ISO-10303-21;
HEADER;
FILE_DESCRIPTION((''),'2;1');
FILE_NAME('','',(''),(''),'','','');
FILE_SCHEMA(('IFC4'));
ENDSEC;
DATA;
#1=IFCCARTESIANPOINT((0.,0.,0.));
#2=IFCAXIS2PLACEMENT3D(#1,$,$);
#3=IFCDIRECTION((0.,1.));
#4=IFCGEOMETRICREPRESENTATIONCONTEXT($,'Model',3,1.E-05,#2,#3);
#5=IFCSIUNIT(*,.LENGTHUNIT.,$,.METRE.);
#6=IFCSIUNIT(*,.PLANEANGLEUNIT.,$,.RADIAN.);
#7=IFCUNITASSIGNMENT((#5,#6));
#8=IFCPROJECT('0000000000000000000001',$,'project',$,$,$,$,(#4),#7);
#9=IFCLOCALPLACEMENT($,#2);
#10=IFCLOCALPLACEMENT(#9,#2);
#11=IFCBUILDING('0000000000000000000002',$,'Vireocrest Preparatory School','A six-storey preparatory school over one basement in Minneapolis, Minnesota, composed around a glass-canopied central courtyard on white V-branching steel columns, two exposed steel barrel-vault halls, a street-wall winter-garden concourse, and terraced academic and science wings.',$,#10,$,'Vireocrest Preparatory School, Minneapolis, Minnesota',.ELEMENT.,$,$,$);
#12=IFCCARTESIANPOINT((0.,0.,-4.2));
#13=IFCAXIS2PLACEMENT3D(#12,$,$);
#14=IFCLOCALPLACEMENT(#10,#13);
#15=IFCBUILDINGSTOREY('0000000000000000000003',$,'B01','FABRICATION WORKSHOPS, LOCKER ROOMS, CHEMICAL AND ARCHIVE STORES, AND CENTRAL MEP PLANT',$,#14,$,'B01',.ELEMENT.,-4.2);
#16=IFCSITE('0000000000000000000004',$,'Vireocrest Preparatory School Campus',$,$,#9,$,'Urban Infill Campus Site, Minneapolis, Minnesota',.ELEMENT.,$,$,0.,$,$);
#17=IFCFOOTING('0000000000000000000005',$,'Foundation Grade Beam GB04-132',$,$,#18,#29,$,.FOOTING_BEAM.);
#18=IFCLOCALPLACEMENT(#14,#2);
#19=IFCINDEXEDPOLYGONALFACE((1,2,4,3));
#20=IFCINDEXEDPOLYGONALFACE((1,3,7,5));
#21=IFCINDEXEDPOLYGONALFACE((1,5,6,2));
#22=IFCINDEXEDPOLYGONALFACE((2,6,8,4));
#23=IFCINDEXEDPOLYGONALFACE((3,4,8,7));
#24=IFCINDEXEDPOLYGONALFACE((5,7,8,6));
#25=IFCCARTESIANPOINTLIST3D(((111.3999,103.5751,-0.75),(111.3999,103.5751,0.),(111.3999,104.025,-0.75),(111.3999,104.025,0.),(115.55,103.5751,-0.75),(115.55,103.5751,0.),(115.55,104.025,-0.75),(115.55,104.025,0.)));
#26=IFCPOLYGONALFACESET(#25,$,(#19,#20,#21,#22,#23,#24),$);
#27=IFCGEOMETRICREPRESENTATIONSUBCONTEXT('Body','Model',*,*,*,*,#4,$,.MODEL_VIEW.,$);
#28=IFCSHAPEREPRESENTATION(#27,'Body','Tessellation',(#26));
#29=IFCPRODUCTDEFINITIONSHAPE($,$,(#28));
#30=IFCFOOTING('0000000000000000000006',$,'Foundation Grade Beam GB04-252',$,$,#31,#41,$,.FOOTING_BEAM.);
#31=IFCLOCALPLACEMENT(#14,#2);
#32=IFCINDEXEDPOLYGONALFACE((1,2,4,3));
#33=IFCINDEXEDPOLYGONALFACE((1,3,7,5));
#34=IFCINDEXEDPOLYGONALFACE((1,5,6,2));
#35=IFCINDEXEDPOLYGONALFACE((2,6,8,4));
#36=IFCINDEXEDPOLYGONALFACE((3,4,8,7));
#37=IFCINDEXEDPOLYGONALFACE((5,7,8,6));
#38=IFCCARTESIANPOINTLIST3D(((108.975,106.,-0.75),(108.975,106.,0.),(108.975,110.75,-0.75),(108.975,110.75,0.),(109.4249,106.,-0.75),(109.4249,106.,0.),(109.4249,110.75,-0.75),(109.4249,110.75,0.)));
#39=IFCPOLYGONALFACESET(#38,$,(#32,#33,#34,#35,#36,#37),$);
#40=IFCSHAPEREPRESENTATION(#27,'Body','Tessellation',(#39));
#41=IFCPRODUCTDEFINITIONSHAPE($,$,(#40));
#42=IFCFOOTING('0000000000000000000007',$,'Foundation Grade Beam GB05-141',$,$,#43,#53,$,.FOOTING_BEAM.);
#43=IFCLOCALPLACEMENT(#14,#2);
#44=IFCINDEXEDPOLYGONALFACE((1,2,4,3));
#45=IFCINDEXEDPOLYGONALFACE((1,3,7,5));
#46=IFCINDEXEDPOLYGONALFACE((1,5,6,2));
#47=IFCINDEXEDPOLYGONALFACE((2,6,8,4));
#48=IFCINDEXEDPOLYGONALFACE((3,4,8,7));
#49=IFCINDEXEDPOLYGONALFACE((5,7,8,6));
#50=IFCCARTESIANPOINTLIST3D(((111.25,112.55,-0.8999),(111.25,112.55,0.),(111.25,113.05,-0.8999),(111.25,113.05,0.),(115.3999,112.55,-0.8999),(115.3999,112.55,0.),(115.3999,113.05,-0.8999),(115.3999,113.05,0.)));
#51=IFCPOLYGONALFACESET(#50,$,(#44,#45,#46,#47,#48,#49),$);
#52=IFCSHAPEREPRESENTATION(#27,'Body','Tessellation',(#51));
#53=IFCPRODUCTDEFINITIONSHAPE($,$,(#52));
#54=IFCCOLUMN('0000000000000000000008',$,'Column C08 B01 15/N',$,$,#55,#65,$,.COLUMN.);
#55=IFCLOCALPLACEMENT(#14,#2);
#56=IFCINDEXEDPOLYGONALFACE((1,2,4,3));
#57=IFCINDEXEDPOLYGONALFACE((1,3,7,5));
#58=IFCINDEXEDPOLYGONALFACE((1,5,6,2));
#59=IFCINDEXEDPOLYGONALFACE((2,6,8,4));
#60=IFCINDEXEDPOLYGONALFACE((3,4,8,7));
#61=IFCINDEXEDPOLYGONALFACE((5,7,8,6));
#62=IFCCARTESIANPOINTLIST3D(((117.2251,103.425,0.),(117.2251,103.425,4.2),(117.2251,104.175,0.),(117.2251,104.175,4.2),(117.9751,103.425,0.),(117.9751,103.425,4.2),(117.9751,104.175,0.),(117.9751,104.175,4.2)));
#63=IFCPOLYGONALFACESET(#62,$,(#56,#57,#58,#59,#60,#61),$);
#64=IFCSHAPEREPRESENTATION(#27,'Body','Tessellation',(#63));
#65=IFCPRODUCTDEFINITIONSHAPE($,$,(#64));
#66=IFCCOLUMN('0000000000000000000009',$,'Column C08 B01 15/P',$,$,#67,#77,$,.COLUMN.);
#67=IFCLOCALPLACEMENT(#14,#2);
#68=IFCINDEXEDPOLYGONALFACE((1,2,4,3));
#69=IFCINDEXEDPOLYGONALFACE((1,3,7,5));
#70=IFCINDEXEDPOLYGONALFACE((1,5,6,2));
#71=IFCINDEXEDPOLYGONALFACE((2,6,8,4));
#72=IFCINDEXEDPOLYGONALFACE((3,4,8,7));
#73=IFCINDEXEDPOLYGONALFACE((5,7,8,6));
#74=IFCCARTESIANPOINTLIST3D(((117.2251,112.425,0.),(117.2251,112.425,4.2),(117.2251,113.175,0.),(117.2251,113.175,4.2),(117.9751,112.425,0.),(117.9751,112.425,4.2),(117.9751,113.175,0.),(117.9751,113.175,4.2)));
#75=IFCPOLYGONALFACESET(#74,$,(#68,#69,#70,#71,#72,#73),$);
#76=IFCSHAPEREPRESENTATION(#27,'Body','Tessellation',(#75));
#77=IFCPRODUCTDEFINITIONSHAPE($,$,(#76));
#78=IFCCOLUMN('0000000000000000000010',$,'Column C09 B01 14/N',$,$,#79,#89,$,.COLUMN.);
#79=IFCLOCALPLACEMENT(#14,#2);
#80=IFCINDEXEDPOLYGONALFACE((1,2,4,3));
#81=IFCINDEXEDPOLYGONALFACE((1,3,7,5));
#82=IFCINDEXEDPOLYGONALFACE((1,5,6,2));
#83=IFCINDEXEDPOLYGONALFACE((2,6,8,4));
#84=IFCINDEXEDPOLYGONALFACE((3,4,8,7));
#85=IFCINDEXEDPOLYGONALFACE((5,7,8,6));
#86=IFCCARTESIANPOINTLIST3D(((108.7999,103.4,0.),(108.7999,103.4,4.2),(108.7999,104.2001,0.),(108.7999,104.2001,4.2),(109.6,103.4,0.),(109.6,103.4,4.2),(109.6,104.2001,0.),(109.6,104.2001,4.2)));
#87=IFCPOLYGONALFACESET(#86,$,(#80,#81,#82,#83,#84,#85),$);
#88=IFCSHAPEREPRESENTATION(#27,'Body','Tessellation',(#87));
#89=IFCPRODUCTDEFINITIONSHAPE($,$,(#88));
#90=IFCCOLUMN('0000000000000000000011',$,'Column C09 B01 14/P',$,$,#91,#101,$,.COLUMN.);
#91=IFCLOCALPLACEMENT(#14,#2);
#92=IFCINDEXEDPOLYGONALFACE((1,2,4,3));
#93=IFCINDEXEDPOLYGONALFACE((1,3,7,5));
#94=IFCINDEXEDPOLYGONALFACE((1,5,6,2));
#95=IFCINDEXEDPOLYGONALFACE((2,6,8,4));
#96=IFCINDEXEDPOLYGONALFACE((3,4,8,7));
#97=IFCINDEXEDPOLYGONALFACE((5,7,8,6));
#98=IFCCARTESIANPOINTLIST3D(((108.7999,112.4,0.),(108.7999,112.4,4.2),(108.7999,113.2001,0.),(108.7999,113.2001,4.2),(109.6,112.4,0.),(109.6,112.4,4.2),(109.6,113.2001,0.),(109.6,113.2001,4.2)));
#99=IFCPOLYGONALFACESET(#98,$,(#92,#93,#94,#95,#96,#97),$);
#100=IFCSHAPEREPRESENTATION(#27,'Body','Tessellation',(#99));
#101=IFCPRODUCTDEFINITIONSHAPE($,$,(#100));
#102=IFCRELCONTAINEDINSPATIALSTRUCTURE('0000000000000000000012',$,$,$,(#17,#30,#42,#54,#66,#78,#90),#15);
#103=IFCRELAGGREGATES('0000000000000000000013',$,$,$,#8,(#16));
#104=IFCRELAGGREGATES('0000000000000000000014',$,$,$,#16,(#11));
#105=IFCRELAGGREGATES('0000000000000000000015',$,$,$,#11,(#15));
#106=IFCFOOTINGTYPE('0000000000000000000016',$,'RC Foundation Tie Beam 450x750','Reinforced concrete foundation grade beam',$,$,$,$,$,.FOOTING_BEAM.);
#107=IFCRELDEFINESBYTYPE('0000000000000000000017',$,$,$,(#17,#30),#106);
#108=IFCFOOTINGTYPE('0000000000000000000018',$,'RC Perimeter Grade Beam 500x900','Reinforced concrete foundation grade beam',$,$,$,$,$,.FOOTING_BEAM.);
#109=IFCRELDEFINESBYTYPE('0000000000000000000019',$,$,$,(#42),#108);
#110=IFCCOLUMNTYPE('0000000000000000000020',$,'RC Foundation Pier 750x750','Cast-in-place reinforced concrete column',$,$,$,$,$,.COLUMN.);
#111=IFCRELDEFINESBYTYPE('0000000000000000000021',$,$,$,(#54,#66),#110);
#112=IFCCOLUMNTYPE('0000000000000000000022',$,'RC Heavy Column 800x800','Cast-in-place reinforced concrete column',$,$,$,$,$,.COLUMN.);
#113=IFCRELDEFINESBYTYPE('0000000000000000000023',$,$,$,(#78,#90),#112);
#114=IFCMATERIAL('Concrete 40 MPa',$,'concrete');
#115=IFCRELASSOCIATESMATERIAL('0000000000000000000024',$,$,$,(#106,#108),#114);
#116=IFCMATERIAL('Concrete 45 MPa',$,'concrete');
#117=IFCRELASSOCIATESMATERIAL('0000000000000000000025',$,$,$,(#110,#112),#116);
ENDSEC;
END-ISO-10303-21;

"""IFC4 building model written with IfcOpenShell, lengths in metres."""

from ifc_helpers import new_model, si_unit, direction, frame, origin, origin_2d, place, context, subcontext, project, spatial, rectangle, extrude, material, material_profile, profile_set, type_object, element, save


model = new_model("IFC4")

# Units and contexts
model_context = context("Model", 3, precision=1e-05, world=origin(), true_north=direction((0.0, 1.0)))
body_context = subcontext(model_context, "Body", "Model", "MODEL_VIEW")
ifc_project = project(units=[si_unit("LENGTHUNIT", "METRE"), si_unit("PLANEANGLEUNIT", "RADIAN")], contexts=[model_context])

# Site, building, storey
site_placement = place(None, origin())
site = spatial("IfcSite", under=ifc_project, at=site_placement, Name="Vireocrest Preparatory School Campus", LongName="Urban Infill Campus Site, Minneapolis, Minnesota", CompositionType="ELEMENT", RefElevation=0.0)
building_placement = place(site_placement, origin())
building = spatial("IfcBuilding", under=site, at=building_placement, Name="Vireocrest Preparatory School", Description="A six-storey preparatory school over one basement in Minneapolis, Minnesota, composed around a glass-canopied central courtyard on white V-branching steel columns, two exposed steel barrel-vault halls, a street-wall winter-garden concourse, and terraced academic and science wings.", LongName="Vireocrest Preparatory School, Minneapolis, Minnesota", CompositionType="ELEMENT")
storey_placement = place(building_placement, frame((0.0, 0.0, -4.2)))
storey = spatial("IfcBuildingStorey", under=building, at=storey_placement, Name="B01", Description="FABRICATION WORKSHOPS, LOCKER ROOMS, CHEMICAL AND ARCHIVE STORES, AND CENTRAL MEP PLANT", LongName="B01", CompositionType="ELEMENT", Elevation=-4.2)

# Shared definitions
ifc_material_1 = material(Name="Concrete 40 MPa", Category="concrete")

# Footings
ifc_material_profile_1 = material_profile(ifc_material_1, rectangle(XDim=0.45, YDim=0.75, at=origin_2d()), Name="GB 450x750")
ifc_profile_set_1 = profile_set([ifc_material_profile_1], Name="Concrete 40 MPa")
footing_type_1 = type_object("IfcFootingType", Name="RC Foundation Tie Beam 450x750", Description="Reinforced concrete foundation grade beam", PredefinedType="FOOTING_BEAM", material=ifc_profile_set_1)
footing_1_placement = place(storey_placement, frame((111.3999, 103.8, -0.375), z_axis=(1.0, 0.0, 0.0), x_axis=(0.0, 1.0, 0.0)))
element("IfcFooting", 1, at=footing_1_placement, inside=storey, type_object=footing_type_1, Name="Foundation Grade Beam GB04-132", PredefinedType="FOOTING_BEAM", context=body_context, shape_type="SweptSolid", body=[
    extrude(rectangle(XDim=0.45, YDim=0.75, at=origin_2d()), origin(), (0.0, 0.0, 1.0), 4.1501),
])
footing_2_placement = place(storey_placement, frame((109.2, 106.0, -0.375), z_axis=(0.0, 1.0, 0.0), x_axis=(-1.0, 0.0, 0.0)))
element("IfcFooting", 2, at=footing_2_placement, inside=storey, type_object=footing_type_1, Name="Foundation Grade Beam GB04-252", PredefinedType="FOOTING_BEAM", context=body_context, shape_type="SweptSolid", body=[
    extrude(rectangle(XDim=0.45, YDim=0.75, at=origin_2d()), origin(), (0.0, 0.0, 1.0), 4.75),
])
ifc_material_profile_2 = material_profile(ifc_material_1, rectangle(XDim=0.5, YDim=0.8999, at=origin_2d()), Name="GB 500x900")
ifc_profile_set_2 = profile_set([ifc_material_profile_2], Name="Concrete 40 MPa")
footing_type_2 = type_object("IfcFootingType", Name="RC Perimeter Grade Beam 500x900", Description="Reinforced concrete foundation grade beam", PredefinedType="FOOTING_BEAM", material=ifc_profile_set_2)
footing_3_placement = place(storey_placement, frame((111.25, 112.8, -0.45), z_axis=(1.0, 0.0, 0.0), x_axis=(0.0, 1.0, 0.0)))
element("IfcFooting", 3, at=footing_3_placement, inside=storey, type_object=footing_type_2, Name="Foundation Grade Beam GB05-141", PredefinedType="FOOTING_BEAM", context=body_context, shape_type="SweptSolid", body=[
    extrude(rectangle(XDim=0.5, YDim=0.8999, at=origin_2d()), origin(), (0.0, 0.0, 1.0), 4.1499),
])

# Columns
ifc_material_2 = material(Name="Concrete 45 MPa", Category="concrete")
ifc_material_profile_3 = material_profile(ifc_material_2, rectangle(XDim=0.75, YDim=0.75, at=origin_2d()), Name="RC 750x750")
ifc_profile_set_3 = profile_set([ifc_material_profile_3], Name="Concrete 45 MPa")
column_type_1 = type_object("IfcColumnType", Name="RC Foundation Pier 750x750", Description="Cast-in-place reinforced concrete column", PredefinedType="COLUMN", material=ifc_profile_set_3)
for number, where, z_axis, x_axis, name in (
    (4, (117.6001, 103.8, 0.0), (0.0, 0.0, 1.0), (1.0, 0.0, 0.0), "Column C08 B01 15/N"),
    (5, (117.6001, 112.8, 0.0), (0.0, 0.0, 1.0), (1.0, 0.0, 0.0), "Column C08 B01 15/P"),
):
    element("IfcColumn", number, at=place(storey_placement, frame(where, z_axis=z_axis, x_axis=x_axis)), inside=storey, type_object=column_type_1, Name=name, PredefinedType="COLUMN", context=body_context, shape_type="SweptSolid", body=[
        extrude(rectangle(XDim=0.75, YDim=0.75, at=origin_2d()), origin(), (0.0, 0.0, 1.0), 4.2),
    ])
ifc_material_profile_4 = material_profile(ifc_material_2, rectangle(XDim=0.8, YDim=0.8, at=origin_2d()), Name="RC 800x800")
ifc_profile_set_4 = profile_set([ifc_material_profile_4], Name="Concrete 45 MPa")
column_type_2 = type_object("IfcColumnType", Name="RC Heavy Column 800x800", Description="Cast-in-place reinforced concrete column", PredefinedType="COLUMN", material=ifc_profile_set_4)
for number, where, z_axis, x_axis, name in (
    (6, (109.2, 103.8, 0.0), (0.0, 0.0, 1.0), (1.0, 0.0, 0.0), "Column C09 B01 14/N"),
    (7, (109.2, 112.8, 0.0), (0.0, 0.0, 1.0), (1.0, 0.0, 0.0), "Column C09 B01 14/P"),
):
    element("IfcColumn", number, at=place(storey_placement, frame(where, z_axis=z_axis, x_axis=x_axis)), inside=storey, type_object=column_type_2, Name=name, PredefinedType="COLUMN", context=body_context, shape_type="SweptSolid", body=[
        extrude(rectangle(XDim=0.8, YDim=0.8, at=origin_2d()), origin(), (0.0, 0.0, 1.0), 4.2),
    ])

save(model, "model.ifc")
